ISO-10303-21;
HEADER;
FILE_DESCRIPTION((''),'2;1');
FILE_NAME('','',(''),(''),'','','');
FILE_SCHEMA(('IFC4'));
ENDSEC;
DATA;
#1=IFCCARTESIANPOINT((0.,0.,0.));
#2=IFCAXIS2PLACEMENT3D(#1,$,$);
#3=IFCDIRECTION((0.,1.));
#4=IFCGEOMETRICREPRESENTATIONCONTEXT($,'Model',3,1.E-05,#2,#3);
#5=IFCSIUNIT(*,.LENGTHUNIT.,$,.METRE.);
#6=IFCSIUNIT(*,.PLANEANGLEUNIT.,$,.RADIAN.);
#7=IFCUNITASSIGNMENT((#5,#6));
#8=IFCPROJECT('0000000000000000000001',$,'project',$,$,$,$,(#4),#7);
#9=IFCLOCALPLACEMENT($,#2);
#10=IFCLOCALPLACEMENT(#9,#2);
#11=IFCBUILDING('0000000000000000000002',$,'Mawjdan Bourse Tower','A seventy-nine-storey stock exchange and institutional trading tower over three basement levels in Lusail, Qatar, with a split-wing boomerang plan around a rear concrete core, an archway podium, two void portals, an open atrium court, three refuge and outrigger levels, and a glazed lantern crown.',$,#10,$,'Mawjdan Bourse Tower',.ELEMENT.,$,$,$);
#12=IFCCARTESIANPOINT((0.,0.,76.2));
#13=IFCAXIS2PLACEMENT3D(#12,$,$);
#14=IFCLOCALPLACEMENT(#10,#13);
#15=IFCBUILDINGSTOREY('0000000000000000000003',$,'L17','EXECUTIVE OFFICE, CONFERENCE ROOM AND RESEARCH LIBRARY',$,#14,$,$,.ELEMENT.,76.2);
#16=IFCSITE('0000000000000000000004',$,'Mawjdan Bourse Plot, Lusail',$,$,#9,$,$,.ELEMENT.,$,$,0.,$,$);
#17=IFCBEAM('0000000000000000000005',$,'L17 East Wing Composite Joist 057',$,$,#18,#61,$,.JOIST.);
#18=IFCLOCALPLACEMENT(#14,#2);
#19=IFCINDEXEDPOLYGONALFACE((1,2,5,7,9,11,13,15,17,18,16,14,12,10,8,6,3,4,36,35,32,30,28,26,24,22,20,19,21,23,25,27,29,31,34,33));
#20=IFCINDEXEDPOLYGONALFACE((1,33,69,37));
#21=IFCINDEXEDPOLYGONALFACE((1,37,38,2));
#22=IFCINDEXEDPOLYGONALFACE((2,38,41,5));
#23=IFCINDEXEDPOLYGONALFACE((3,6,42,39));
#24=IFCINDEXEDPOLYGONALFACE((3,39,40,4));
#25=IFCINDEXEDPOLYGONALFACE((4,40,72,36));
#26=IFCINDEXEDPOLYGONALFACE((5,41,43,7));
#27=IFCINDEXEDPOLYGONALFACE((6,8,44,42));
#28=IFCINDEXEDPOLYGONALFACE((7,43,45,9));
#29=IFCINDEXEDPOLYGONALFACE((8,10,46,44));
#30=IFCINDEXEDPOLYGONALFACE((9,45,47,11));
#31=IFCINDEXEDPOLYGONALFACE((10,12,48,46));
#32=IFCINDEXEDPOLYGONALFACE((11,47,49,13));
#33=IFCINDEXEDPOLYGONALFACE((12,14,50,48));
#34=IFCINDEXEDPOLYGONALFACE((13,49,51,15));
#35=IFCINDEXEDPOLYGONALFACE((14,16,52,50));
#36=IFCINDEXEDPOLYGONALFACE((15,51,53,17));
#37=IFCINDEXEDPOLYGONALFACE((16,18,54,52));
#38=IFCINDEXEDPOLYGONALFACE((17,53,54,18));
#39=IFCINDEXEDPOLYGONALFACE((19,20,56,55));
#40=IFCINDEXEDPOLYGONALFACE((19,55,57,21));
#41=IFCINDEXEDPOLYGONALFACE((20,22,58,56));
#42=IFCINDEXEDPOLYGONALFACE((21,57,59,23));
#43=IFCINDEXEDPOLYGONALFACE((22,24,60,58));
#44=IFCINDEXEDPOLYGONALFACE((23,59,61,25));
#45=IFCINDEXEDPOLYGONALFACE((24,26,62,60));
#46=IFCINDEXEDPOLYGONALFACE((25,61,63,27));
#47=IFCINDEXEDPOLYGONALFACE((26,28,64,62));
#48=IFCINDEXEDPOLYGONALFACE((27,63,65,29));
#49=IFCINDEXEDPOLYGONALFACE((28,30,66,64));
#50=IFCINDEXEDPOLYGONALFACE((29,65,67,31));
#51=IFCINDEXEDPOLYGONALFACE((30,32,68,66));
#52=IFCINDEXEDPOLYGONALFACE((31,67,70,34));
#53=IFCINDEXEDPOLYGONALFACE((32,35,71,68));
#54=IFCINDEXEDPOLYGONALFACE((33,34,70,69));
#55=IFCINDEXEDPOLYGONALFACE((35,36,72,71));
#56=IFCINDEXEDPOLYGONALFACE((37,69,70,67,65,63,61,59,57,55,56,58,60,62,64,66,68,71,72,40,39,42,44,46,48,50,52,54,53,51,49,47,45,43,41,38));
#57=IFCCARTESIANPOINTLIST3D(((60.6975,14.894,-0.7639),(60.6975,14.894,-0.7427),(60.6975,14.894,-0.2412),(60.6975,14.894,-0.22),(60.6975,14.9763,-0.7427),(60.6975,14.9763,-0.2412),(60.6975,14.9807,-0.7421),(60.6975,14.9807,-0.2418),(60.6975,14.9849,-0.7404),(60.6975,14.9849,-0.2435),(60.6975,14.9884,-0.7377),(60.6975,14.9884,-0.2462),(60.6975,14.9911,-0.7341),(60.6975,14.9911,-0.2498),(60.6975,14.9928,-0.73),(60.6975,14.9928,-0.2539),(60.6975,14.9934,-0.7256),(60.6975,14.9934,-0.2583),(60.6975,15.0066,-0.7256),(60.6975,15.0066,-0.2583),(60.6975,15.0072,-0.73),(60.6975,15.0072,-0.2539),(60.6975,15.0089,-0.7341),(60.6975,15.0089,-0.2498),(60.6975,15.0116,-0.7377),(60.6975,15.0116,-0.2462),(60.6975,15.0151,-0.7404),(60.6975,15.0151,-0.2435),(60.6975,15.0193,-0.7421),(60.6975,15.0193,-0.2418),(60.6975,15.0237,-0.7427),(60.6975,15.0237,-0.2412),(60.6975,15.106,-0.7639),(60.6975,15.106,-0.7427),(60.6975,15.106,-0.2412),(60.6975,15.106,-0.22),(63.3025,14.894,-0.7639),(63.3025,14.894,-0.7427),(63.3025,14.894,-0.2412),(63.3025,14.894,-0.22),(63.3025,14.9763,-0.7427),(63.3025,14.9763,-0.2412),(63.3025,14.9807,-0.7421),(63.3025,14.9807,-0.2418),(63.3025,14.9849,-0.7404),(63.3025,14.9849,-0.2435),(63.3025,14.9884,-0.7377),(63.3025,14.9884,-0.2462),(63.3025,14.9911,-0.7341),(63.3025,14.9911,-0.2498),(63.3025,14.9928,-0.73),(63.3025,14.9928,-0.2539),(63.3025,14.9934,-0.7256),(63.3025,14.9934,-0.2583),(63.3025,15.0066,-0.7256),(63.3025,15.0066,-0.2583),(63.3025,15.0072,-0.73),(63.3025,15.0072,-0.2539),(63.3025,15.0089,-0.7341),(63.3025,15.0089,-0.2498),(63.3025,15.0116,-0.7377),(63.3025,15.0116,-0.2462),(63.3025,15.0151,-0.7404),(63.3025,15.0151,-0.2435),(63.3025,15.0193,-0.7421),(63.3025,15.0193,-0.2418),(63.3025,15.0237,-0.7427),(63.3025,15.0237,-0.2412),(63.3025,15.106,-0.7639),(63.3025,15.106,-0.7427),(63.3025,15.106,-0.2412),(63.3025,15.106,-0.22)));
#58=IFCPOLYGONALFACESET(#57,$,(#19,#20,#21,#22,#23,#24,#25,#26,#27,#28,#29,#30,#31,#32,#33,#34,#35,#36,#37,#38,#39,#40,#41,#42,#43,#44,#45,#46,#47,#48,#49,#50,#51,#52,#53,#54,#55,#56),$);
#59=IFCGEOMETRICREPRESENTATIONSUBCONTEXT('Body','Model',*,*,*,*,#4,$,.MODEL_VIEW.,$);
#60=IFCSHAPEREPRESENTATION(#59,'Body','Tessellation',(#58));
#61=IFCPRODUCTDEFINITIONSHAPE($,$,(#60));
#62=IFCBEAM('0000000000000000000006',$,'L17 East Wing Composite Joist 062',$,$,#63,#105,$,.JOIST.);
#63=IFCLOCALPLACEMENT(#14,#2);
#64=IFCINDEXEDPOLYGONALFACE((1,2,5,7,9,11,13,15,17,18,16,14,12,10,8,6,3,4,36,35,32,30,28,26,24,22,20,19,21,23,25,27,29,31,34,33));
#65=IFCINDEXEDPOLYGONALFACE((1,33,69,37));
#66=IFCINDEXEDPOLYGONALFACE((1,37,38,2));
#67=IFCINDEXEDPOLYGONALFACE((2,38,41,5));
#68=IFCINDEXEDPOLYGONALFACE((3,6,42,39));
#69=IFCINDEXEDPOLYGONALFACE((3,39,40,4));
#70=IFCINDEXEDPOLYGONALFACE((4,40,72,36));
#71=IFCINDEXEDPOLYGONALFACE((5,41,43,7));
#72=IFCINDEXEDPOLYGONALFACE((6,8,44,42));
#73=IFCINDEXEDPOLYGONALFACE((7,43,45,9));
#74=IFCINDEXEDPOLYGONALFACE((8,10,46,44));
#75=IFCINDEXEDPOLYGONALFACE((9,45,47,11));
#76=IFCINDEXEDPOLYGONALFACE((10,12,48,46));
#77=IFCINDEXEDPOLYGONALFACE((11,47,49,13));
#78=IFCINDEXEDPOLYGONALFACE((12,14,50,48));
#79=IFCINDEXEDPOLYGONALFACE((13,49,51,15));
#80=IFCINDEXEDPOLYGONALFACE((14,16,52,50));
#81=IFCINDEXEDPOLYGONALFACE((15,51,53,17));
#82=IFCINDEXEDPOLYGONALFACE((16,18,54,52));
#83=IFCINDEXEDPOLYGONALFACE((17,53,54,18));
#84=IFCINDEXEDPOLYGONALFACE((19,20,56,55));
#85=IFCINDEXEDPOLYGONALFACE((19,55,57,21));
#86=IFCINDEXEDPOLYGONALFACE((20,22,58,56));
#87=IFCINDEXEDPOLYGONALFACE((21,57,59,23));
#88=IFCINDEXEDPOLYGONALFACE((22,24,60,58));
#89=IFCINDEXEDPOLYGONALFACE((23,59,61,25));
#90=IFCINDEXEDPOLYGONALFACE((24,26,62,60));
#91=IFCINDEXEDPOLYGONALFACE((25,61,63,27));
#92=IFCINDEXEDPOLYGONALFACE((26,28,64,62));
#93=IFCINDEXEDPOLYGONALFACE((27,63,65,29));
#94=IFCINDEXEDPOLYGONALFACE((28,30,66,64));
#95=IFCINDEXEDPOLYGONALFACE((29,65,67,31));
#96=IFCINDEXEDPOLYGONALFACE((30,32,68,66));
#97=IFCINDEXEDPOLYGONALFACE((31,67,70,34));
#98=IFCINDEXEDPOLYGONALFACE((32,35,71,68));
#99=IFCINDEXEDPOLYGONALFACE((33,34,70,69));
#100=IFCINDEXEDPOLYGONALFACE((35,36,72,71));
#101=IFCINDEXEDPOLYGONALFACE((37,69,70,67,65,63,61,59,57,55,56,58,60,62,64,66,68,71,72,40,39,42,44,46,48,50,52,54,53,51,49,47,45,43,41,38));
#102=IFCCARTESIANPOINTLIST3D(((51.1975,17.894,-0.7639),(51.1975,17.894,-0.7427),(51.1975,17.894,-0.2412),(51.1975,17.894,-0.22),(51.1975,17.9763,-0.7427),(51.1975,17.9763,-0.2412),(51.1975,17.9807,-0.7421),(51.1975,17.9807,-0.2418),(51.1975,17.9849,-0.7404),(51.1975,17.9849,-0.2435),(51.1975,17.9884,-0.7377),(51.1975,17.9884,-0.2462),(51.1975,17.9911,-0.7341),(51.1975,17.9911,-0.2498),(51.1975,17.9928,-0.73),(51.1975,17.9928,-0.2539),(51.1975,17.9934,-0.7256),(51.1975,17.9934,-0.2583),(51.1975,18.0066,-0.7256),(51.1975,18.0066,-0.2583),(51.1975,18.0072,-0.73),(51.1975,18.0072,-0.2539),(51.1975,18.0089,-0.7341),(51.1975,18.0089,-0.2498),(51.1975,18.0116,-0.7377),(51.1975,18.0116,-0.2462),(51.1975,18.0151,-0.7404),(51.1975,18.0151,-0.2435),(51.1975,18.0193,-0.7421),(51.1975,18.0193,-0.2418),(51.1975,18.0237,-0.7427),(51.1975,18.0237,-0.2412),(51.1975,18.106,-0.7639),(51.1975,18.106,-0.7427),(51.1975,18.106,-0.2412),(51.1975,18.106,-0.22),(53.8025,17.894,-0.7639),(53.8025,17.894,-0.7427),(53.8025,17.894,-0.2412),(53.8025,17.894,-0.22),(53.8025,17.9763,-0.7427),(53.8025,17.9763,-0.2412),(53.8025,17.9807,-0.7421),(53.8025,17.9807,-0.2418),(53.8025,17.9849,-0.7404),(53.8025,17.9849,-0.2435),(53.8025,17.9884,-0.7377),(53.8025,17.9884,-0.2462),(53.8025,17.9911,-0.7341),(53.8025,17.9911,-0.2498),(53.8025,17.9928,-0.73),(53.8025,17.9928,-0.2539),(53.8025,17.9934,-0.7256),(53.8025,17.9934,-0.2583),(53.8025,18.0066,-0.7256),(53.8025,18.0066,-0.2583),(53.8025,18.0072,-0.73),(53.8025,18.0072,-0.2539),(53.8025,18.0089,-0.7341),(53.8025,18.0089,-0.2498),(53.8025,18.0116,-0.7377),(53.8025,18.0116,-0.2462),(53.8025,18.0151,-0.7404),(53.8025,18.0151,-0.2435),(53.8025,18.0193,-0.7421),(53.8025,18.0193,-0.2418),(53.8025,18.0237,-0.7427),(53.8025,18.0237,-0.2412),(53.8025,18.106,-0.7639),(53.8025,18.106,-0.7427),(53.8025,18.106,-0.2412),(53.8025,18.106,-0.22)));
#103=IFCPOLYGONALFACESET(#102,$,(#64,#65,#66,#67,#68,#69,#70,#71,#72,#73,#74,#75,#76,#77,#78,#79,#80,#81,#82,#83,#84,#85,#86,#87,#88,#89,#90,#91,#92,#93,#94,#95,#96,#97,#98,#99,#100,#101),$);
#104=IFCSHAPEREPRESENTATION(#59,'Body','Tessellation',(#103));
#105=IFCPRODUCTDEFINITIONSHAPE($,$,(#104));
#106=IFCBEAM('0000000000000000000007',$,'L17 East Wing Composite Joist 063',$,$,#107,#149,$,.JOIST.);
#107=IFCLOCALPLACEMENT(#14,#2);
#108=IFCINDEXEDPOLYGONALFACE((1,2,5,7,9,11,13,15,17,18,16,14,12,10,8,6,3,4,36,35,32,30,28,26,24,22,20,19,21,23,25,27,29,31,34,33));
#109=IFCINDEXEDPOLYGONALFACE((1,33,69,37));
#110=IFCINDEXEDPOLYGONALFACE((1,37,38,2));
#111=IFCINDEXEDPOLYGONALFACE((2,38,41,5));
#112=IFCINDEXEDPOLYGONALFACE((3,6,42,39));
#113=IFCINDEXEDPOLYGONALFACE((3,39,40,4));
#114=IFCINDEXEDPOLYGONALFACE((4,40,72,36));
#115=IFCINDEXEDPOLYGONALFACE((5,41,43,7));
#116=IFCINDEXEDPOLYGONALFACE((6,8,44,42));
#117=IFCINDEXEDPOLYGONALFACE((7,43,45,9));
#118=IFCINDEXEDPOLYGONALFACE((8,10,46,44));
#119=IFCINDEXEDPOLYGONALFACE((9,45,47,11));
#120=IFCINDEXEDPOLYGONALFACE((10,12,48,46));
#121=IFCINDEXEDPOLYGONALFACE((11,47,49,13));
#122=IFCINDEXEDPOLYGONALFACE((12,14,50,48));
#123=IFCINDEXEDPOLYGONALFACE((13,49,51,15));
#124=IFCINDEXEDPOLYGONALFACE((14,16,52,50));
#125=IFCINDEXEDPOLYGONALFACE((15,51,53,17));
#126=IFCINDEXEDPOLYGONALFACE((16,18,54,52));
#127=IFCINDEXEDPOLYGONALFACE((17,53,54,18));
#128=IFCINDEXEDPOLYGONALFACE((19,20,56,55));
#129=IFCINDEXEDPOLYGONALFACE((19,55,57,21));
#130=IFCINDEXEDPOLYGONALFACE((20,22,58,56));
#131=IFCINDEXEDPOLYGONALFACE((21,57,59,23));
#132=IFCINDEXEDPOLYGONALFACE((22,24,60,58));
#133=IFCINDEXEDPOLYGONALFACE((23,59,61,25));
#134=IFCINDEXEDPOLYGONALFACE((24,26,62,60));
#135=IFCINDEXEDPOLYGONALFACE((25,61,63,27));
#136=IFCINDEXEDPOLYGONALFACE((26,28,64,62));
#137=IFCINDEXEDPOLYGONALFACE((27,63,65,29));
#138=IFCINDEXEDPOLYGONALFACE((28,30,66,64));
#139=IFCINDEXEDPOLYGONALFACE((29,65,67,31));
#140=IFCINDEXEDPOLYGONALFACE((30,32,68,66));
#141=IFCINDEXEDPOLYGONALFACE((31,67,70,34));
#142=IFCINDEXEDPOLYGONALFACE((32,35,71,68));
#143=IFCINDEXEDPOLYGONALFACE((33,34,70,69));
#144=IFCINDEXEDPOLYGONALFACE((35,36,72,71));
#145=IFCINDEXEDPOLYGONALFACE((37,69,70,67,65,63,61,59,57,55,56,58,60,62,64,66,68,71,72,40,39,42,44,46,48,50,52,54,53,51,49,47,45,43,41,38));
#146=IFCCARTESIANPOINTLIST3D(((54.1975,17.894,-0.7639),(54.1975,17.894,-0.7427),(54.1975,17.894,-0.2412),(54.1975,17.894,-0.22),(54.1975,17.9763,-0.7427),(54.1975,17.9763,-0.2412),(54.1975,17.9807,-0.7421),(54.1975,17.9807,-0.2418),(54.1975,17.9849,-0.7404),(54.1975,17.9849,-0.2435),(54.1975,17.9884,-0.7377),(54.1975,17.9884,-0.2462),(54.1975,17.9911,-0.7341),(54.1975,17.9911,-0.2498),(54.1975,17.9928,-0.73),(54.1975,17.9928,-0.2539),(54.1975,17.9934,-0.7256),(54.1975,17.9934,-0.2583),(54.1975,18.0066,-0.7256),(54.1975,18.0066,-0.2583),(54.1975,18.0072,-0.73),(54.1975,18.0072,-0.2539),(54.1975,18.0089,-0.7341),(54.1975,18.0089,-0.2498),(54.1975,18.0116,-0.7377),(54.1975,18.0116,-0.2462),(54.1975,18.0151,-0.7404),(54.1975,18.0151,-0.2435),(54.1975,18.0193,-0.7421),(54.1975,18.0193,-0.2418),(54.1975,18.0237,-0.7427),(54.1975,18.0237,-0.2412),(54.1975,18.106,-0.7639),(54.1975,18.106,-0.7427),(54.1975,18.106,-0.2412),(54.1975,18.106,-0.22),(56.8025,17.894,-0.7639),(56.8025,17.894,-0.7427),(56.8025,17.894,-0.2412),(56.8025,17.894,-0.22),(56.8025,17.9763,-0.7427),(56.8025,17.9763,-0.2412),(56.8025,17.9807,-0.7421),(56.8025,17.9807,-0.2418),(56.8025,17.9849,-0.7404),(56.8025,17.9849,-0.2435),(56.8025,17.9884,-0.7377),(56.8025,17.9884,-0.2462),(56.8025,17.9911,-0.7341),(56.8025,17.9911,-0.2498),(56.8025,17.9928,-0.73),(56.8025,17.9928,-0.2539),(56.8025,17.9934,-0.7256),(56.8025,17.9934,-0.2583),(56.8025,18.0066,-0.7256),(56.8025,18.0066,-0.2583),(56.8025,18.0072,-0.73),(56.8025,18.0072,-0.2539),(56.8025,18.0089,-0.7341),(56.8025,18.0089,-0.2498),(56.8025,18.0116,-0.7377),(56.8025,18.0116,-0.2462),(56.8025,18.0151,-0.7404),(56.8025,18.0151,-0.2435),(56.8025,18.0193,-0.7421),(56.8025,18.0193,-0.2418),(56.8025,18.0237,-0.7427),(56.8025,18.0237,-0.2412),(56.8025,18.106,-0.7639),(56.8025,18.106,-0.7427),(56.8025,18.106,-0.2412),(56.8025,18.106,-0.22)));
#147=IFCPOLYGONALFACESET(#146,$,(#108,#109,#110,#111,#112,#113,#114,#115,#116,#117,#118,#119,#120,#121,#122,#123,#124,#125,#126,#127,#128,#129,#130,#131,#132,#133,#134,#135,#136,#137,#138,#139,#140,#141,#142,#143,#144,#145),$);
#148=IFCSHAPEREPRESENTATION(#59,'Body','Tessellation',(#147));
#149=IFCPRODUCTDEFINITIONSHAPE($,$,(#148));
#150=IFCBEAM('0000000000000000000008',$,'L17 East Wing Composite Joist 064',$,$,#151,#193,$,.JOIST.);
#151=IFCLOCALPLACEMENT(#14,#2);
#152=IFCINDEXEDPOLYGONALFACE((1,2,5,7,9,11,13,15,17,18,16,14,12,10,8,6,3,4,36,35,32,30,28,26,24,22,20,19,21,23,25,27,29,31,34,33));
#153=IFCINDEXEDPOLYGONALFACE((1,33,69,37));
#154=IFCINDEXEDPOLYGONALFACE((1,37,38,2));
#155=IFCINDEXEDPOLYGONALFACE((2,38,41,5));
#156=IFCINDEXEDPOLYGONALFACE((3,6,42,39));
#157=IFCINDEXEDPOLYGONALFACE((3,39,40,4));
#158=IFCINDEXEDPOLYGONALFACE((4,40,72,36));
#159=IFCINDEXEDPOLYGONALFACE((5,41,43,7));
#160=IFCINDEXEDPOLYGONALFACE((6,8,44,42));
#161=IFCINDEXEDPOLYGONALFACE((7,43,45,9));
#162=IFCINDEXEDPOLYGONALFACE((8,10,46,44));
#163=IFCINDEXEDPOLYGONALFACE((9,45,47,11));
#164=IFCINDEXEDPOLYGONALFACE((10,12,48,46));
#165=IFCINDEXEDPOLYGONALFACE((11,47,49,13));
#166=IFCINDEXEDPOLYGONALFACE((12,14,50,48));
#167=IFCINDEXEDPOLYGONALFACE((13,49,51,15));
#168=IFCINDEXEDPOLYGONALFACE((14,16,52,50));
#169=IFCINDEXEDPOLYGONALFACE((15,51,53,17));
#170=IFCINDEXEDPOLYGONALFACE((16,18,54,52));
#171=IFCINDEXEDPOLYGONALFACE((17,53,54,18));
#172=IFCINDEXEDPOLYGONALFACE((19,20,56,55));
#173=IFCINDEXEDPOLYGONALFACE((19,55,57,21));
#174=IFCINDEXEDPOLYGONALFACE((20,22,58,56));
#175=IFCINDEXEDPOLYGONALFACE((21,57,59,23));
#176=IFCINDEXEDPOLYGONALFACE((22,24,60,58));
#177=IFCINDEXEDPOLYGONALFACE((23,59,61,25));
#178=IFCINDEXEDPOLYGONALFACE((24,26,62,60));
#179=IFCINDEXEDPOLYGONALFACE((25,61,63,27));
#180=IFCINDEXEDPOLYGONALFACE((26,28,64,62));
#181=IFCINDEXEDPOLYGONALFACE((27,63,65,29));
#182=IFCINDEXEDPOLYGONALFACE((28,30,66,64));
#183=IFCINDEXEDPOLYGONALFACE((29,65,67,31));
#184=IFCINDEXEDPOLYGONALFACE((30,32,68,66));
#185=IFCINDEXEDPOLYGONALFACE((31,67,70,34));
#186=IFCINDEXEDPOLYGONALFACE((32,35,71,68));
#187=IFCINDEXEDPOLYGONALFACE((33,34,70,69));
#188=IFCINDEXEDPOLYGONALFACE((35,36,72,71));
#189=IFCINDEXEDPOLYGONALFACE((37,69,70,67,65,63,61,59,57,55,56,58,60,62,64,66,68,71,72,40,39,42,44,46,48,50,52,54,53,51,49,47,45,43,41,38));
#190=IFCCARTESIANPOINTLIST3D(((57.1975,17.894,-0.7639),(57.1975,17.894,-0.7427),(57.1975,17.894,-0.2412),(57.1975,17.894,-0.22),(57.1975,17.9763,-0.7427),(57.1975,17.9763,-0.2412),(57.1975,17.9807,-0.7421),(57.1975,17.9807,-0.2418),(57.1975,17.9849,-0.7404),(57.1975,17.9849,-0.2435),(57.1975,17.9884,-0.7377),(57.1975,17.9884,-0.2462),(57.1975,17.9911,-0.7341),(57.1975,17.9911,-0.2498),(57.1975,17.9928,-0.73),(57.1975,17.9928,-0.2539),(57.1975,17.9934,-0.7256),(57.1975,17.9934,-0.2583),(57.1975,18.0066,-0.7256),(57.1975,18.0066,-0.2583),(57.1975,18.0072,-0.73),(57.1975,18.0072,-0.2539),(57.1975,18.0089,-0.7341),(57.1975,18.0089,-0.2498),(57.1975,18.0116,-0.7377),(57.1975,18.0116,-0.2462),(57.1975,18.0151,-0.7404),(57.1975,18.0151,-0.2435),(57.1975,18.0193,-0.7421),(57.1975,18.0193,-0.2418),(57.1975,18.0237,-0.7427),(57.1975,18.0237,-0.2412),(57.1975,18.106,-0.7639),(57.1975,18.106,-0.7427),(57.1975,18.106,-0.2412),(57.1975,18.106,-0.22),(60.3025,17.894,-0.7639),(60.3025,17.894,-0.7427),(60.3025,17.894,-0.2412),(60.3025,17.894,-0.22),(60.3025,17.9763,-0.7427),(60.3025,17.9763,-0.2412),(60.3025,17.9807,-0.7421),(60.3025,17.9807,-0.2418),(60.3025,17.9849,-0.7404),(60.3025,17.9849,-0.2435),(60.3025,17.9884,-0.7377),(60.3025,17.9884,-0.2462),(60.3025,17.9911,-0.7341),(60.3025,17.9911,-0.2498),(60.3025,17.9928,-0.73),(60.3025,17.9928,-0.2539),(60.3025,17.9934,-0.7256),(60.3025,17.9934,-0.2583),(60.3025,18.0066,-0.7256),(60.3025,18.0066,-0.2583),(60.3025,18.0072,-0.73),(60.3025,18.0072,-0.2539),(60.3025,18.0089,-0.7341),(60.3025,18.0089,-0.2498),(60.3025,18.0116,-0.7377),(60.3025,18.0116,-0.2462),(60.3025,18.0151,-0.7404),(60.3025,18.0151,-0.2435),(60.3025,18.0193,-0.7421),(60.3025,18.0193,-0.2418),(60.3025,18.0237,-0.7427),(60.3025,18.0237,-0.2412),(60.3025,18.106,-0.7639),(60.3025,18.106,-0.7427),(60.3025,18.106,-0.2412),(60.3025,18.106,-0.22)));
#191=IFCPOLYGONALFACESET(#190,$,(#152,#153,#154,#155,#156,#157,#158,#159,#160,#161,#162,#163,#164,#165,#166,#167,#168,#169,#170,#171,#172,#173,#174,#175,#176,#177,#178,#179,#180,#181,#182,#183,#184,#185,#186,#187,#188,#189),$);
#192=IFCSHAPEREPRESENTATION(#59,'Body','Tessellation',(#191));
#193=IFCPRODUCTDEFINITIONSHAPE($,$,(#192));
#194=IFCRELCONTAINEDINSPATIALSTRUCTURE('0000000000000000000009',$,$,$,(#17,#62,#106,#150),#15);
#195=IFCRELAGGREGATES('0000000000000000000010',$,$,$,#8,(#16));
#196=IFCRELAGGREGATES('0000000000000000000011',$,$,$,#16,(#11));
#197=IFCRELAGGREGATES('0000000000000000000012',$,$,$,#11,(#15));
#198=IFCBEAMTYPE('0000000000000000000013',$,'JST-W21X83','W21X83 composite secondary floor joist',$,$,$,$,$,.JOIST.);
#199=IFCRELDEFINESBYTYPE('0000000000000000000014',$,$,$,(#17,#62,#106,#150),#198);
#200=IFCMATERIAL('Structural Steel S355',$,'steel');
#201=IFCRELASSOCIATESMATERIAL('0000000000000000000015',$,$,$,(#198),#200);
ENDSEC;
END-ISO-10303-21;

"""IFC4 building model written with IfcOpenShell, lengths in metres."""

from ifc_helpers import new_model, si_unit, direction, frame, origin, origin_2d, place, context, subcontext, project, spatial, i_section, extrude, material, material_profile, profile_set, type_object, element, save


model = new_model("IFC4")

# Units and contexts
model_context = context("Model", 3, precision=1e-05, world=origin(), true_north=direction((0.0, 1.0)))
body_context = subcontext(model_context, "Body", "Model", "MODEL_VIEW")
ifc_project = project(units=[si_unit("LENGTHUNIT", "METRE"), si_unit("PLANEANGLEUNIT", "RADIAN")], contexts=[model_context])

# Site, building, storey
site_placement = place(None, origin())
site = spatial("IfcSite", under=ifc_project, at=site_placement, Name="Mawjdan Bourse Plot, Lusail", CompositionType="ELEMENT", RefElevation=0.0)
building_placement = place(site_placement, origin())
building = spatial("IfcBuilding", under=site, at=building_placement, Name="Mawjdan Bourse Tower", Description="A seventy-nine-storey stock exchange and institutional trading tower over three basement levels in Lusail, Qatar, with a split-wing boomerang plan around a rear concrete core, an archway podium, two void portals, an open atrium court, three refuge and outrigger levels, and a glazed lantern crown.", LongName="Mawjdan Bourse Tower", CompositionType="ELEMENT")
storey_placement = place(building_placement, frame((0.0, 0.0, 76.2)))
storey = spatial("IfcBuildingStorey", under=building, at=storey_placement, Name="L17", Description="EXECUTIVE OFFICE, CONFERENCE ROOM AND RESEARCH LIBRARY", CompositionType="ELEMENT", Elevation=76.2)

# Beams
ifc_material_1 = material(Name="Structural Steel S355", Category="steel")
ifc_material_profile_1 = material_profile(ifc_material_1, i_section(OverallWidth=0.2119, OverallDepth=0.5439, WebThickness=0.0132, FlangeThickness=0.0212, FilletRadius=0.0171, at=origin_2d()), Name="W21X83")
ifc_profile_set_1 = profile_set([ifc_material_profile_1], Name="Structural Steel S355")
beam_type_1 = type_object("IfcBeamType", Name="JST-W21X83", Description="W21X83 composite secondary floor joist", PredefinedType="JOIST", material=ifc_profile_set_1)
for number, where, z_axis, x_axis, name in (
    (1, (60.6975, 15.0, -0.4919), (1.0, 0.0, 0.0), (0.0, 1.0, 0.0), "L17 East Wing Composite Joist 057"),
    (2, (51.1975, 18.0, -0.4919), (1.0, 0.0, 0.0), (0.0, 1.0, 0.0), "L17 East Wing Composite Joist 062"),
    (3, (54.1975, 18.0, -0.4919), (1.0, 0.0, 0.0), (0.0, 1.0, 0.0), "L17 East Wing Composite Joist 063"),
):
    element("IfcBeam", number, at=place(storey_placement, frame(where, z_axis=z_axis, x_axis=x_axis)), inside=storey, type_object=beam_type_1, Name=name, PredefinedType="JOIST", context=body_context, shape_type="SweptSolid", body=[
        extrude(i_section(OverallWidth=0.2119, OverallDepth=0.5439, WebThickness=0.0132, FlangeThickness=0.0212, FilletRadius=0.0171, at=origin_2d()), origin(), (0.0, 0.0, 1.0), 2.605),
    ])
beam_1_placement = place(storey_placement, frame((57.1975, 18.0, -0.4919), z_axis=(1.0, 0.0, 0.0), x_axis=(0.0, 1.0, 0.0)))
element("IfcBeam", 4, at=beam_1_placement, inside=storey, type_object=beam_type_1, Name="L17 East Wing Composite Joist 064", PredefinedType="JOIST", context=body_context, shape_type="SweptSolid", body=[
    extrude(i_section(OverallWidth=0.2119, OverallDepth=0.5439, WebThickness=0.0132, FlangeThickness=0.0212, FilletRadius=0.0171, at=origin_2d()), origin(), (0.0, 0.0, 1.0), 3.105),
])

save(model, "model.ifc")
